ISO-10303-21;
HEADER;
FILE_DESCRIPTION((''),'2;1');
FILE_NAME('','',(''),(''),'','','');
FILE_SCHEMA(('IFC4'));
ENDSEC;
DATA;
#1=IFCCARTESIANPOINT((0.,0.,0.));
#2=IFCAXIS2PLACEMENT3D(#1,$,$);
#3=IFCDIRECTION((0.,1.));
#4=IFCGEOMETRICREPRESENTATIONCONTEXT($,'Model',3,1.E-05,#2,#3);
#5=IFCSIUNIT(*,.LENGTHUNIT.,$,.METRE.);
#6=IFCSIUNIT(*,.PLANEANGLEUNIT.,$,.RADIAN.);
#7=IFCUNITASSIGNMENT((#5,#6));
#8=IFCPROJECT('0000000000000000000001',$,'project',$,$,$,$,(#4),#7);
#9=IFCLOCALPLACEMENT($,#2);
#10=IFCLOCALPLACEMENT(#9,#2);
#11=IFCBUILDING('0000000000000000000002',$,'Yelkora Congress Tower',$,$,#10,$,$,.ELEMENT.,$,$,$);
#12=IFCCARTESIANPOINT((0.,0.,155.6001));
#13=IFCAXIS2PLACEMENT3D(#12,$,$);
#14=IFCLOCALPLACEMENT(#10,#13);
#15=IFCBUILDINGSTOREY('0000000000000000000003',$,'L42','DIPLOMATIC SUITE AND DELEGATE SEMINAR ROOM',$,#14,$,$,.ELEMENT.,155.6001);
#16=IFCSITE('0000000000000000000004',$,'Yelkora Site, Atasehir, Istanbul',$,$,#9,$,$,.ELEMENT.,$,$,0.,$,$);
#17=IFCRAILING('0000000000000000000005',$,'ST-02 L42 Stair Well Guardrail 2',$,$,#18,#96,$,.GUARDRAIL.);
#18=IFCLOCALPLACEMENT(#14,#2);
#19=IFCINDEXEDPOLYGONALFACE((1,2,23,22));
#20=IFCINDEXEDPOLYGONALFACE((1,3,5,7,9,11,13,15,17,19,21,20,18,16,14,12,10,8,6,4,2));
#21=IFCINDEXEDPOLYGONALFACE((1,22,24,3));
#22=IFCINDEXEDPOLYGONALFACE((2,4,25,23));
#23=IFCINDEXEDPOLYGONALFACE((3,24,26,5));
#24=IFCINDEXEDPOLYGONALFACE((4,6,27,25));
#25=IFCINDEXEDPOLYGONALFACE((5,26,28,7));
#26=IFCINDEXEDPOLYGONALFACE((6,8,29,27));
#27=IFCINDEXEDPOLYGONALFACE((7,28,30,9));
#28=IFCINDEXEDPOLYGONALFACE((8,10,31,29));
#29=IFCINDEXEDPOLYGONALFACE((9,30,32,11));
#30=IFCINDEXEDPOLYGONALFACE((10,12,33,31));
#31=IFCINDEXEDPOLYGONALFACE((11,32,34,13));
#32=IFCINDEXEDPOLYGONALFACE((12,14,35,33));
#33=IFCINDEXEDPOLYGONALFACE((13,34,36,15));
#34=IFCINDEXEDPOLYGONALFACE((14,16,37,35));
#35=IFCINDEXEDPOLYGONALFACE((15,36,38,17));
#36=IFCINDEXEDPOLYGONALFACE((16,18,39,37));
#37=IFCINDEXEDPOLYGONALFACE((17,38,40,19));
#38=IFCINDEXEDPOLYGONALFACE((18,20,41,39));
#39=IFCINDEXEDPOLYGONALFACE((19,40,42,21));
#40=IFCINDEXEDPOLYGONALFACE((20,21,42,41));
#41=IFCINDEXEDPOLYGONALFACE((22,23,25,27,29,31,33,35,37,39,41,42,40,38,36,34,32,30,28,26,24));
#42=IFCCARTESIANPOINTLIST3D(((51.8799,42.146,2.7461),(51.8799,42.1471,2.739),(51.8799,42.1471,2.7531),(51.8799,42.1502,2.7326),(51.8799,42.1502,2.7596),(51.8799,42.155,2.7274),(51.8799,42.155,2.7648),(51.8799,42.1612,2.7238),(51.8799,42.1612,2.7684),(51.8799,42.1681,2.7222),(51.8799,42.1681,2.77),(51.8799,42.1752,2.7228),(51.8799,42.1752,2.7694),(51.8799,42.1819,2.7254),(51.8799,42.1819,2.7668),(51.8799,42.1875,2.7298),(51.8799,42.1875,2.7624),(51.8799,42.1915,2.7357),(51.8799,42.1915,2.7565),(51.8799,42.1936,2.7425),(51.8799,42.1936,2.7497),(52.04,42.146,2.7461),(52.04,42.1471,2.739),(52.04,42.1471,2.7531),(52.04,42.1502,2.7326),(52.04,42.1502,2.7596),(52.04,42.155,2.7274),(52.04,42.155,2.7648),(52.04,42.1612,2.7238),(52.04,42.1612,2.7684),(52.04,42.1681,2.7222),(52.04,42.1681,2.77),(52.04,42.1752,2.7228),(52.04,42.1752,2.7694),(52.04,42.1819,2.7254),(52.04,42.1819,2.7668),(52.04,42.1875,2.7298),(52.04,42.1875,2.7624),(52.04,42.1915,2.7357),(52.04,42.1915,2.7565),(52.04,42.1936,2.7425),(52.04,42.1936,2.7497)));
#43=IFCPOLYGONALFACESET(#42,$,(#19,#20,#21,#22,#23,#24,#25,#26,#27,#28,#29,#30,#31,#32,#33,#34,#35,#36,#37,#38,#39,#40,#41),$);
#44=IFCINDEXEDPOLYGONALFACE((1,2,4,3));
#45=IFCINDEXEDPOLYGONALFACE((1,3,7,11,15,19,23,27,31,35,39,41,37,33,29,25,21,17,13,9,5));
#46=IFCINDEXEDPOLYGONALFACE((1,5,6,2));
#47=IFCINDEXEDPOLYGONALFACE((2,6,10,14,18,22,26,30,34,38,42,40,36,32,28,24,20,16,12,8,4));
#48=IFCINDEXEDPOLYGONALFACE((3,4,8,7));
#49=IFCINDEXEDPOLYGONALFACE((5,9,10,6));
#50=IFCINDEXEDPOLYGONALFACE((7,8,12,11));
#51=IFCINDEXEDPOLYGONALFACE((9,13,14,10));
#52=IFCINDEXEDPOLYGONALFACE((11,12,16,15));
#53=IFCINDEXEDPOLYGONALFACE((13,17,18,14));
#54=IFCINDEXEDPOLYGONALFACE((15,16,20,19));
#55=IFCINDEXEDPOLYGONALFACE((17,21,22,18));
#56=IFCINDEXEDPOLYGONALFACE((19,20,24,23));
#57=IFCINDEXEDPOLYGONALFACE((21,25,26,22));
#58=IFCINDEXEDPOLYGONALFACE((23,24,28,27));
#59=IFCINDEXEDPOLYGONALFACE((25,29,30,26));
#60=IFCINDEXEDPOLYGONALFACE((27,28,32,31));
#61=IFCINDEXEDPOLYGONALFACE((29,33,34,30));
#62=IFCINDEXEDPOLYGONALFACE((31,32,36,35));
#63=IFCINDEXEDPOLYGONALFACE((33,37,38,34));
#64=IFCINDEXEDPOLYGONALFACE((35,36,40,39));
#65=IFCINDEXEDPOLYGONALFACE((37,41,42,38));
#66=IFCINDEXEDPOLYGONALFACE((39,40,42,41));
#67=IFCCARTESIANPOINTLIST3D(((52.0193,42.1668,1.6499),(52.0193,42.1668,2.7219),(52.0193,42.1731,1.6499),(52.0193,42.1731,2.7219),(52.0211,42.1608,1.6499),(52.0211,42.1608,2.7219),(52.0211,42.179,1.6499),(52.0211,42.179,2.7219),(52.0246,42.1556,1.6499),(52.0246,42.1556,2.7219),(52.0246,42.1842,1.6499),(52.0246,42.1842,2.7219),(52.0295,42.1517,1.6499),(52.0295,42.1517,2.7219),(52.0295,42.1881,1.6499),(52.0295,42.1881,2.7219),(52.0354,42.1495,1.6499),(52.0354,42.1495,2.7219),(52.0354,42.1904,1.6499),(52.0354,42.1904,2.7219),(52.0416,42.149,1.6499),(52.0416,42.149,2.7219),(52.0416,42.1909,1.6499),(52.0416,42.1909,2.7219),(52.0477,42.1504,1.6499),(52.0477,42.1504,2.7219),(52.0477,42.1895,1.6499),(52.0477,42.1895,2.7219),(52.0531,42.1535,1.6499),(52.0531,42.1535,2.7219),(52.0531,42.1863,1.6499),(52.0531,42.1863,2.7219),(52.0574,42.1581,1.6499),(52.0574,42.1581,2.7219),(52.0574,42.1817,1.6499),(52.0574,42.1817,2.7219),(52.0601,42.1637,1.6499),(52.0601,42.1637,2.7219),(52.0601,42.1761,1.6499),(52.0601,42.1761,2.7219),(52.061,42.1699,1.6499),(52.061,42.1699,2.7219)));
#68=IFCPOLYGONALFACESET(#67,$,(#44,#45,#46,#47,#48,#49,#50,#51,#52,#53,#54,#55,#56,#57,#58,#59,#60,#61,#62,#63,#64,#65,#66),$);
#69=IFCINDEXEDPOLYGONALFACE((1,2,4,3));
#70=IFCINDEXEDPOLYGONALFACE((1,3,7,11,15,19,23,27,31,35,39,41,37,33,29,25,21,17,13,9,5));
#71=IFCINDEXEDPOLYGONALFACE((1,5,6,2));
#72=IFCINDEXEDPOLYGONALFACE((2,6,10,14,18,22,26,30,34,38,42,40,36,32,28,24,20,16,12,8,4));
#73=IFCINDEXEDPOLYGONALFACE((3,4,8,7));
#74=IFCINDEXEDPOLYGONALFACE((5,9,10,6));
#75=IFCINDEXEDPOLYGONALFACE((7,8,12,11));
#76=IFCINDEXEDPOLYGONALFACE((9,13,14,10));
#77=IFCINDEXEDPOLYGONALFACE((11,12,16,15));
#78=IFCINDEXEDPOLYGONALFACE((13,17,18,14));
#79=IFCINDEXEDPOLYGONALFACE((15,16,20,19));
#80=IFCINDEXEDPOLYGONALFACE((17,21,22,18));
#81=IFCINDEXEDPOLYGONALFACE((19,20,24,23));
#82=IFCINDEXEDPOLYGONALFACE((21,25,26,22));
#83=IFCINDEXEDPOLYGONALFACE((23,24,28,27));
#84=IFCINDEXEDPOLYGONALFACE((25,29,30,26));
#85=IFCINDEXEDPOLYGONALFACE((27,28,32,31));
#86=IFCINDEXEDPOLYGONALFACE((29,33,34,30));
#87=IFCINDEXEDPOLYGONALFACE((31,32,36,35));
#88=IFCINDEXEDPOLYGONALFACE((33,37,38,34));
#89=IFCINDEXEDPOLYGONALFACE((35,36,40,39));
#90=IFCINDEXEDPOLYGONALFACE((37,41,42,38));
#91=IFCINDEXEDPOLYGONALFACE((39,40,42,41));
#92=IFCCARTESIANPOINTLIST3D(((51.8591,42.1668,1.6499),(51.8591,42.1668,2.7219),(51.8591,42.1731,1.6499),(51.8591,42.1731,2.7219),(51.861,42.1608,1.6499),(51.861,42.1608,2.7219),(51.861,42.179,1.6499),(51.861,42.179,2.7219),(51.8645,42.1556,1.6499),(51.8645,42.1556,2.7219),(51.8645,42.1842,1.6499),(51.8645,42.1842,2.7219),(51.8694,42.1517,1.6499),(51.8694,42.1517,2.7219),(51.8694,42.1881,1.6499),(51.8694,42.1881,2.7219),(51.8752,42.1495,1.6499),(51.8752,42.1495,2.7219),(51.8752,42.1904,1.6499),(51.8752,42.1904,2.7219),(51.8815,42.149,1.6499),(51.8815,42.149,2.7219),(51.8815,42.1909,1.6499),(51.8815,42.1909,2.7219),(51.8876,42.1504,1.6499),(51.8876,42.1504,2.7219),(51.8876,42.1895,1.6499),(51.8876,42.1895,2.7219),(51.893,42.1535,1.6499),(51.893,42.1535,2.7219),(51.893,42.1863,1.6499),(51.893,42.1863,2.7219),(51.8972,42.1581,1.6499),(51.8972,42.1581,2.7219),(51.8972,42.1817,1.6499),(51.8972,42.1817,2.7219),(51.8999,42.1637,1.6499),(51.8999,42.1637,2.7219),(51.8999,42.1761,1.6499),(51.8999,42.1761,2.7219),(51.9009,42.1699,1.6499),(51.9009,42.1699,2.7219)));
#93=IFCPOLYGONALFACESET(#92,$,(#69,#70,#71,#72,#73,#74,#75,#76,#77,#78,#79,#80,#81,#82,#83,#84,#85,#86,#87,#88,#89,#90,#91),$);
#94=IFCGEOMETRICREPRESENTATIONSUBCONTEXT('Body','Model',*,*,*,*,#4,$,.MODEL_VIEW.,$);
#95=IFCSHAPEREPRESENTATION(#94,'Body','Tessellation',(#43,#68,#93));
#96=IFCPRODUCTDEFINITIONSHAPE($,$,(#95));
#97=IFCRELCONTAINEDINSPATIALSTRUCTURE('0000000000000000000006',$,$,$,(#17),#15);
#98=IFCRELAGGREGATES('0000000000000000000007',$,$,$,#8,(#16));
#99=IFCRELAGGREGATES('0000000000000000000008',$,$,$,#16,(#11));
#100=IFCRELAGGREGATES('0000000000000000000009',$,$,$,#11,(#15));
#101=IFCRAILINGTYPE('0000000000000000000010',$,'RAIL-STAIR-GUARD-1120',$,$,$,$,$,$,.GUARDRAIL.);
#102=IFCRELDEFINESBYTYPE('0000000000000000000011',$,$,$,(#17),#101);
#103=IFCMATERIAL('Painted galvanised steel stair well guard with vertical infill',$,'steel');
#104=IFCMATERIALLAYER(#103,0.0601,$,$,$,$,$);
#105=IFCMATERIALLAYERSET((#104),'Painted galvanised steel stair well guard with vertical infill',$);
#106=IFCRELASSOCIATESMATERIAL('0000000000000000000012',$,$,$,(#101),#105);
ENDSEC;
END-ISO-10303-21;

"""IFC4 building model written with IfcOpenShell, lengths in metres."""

from ifc_helpers import new_model, si_unit, direction, frame, origin, origin_2d, place, context, subcontext, project, spatial, circle, extrude, material, layer, layer_set, type_object, element, save


model = new_model("IFC4")

# Units and contexts
model_context = context("Model", 3, precision=1e-05, world=origin(), true_north=direction((0.0, 1.0)))
body_context = subcontext(model_context, "Body", "Model", "MODEL_VIEW")
ifc_project = project(units=[si_unit("LENGTHUNIT", "METRE"), si_unit("PLANEANGLEUNIT", "RADIAN")], contexts=[model_context])

# Site, building, storey
site_placement = place(None, origin())
site = spatial("IfcSite", under=ifc_project, at=site_placement, Name="Yelkora Site, Atasehir, Istanbul", CompositionType="ELEMENT", RefElevation=0.0)
building_placement = place(site_placement, origin())
building = spatial("IfcBuilding", under=site, at=building_placement, Name="Yelkora Congress Tower", CompositionType="ELEMENT")
storey_placement = place(building_placement, frame((0.0, 0.0, 155.6001)))
storey = spatial("IfcBuildingStorey", under=building, at=storey_placement, Name="L42", Description="DIPLOMATIC SUITE AND DELEGATE SEMINAR ROOM", CompositionType="ELEMENT", Elevation=155.6001)

# Railing
ifc_material_1 = material(Name="Painted galvanised steel stair well guard with vertical infill", Category="steel")
ifc_layer_1 = layer(ifc_material_1, 0.0601)
ifc_layer_set_1 = layer_set([ifc_layer_1], Name="Painted galvanised steel stair well guard with vertical infill")
railing_type_1 = type_object("IfcRailingType", Name="RAIL-STAIR-GUARD-1120", PredefinedType="GUARDRAIL", material=ifc_layer_set_1)
railing_1_placement = place(storey_placement, frame((52.04, 42.1699, 1.6499)))
element("IfcRailing", 1, at=railing_1_placement, inside=storey, type_object=railing_type_1, Name="ST-02 L42 Stair Well Guardrail 2", PredefinedType="GUARDRAIL", context=body_context, shape_type="SweptSolid", body=[
    extrude(circle(Radius=0.0239, at=origin_2d()), frame((0.0, 0.0, 1.0962), z_axis=(-1.0, 0.0, 0.0), x_axis=(0.0, -1.0, 0.0)), (0.0, 0.0, 1.0), 0.1602),
    extrude(circle(Radius=0.021, at=origin_2d()), origin(), (0.0, 0.0, 1.0), 1.072),
    extrude(circle(Radius=0.021, at=origin_2d()), frame((-0.1602, 0.0, 0.0)), (0.0, 0.0, 1.0), 1.072),
])

save(model, "model.ifc")
